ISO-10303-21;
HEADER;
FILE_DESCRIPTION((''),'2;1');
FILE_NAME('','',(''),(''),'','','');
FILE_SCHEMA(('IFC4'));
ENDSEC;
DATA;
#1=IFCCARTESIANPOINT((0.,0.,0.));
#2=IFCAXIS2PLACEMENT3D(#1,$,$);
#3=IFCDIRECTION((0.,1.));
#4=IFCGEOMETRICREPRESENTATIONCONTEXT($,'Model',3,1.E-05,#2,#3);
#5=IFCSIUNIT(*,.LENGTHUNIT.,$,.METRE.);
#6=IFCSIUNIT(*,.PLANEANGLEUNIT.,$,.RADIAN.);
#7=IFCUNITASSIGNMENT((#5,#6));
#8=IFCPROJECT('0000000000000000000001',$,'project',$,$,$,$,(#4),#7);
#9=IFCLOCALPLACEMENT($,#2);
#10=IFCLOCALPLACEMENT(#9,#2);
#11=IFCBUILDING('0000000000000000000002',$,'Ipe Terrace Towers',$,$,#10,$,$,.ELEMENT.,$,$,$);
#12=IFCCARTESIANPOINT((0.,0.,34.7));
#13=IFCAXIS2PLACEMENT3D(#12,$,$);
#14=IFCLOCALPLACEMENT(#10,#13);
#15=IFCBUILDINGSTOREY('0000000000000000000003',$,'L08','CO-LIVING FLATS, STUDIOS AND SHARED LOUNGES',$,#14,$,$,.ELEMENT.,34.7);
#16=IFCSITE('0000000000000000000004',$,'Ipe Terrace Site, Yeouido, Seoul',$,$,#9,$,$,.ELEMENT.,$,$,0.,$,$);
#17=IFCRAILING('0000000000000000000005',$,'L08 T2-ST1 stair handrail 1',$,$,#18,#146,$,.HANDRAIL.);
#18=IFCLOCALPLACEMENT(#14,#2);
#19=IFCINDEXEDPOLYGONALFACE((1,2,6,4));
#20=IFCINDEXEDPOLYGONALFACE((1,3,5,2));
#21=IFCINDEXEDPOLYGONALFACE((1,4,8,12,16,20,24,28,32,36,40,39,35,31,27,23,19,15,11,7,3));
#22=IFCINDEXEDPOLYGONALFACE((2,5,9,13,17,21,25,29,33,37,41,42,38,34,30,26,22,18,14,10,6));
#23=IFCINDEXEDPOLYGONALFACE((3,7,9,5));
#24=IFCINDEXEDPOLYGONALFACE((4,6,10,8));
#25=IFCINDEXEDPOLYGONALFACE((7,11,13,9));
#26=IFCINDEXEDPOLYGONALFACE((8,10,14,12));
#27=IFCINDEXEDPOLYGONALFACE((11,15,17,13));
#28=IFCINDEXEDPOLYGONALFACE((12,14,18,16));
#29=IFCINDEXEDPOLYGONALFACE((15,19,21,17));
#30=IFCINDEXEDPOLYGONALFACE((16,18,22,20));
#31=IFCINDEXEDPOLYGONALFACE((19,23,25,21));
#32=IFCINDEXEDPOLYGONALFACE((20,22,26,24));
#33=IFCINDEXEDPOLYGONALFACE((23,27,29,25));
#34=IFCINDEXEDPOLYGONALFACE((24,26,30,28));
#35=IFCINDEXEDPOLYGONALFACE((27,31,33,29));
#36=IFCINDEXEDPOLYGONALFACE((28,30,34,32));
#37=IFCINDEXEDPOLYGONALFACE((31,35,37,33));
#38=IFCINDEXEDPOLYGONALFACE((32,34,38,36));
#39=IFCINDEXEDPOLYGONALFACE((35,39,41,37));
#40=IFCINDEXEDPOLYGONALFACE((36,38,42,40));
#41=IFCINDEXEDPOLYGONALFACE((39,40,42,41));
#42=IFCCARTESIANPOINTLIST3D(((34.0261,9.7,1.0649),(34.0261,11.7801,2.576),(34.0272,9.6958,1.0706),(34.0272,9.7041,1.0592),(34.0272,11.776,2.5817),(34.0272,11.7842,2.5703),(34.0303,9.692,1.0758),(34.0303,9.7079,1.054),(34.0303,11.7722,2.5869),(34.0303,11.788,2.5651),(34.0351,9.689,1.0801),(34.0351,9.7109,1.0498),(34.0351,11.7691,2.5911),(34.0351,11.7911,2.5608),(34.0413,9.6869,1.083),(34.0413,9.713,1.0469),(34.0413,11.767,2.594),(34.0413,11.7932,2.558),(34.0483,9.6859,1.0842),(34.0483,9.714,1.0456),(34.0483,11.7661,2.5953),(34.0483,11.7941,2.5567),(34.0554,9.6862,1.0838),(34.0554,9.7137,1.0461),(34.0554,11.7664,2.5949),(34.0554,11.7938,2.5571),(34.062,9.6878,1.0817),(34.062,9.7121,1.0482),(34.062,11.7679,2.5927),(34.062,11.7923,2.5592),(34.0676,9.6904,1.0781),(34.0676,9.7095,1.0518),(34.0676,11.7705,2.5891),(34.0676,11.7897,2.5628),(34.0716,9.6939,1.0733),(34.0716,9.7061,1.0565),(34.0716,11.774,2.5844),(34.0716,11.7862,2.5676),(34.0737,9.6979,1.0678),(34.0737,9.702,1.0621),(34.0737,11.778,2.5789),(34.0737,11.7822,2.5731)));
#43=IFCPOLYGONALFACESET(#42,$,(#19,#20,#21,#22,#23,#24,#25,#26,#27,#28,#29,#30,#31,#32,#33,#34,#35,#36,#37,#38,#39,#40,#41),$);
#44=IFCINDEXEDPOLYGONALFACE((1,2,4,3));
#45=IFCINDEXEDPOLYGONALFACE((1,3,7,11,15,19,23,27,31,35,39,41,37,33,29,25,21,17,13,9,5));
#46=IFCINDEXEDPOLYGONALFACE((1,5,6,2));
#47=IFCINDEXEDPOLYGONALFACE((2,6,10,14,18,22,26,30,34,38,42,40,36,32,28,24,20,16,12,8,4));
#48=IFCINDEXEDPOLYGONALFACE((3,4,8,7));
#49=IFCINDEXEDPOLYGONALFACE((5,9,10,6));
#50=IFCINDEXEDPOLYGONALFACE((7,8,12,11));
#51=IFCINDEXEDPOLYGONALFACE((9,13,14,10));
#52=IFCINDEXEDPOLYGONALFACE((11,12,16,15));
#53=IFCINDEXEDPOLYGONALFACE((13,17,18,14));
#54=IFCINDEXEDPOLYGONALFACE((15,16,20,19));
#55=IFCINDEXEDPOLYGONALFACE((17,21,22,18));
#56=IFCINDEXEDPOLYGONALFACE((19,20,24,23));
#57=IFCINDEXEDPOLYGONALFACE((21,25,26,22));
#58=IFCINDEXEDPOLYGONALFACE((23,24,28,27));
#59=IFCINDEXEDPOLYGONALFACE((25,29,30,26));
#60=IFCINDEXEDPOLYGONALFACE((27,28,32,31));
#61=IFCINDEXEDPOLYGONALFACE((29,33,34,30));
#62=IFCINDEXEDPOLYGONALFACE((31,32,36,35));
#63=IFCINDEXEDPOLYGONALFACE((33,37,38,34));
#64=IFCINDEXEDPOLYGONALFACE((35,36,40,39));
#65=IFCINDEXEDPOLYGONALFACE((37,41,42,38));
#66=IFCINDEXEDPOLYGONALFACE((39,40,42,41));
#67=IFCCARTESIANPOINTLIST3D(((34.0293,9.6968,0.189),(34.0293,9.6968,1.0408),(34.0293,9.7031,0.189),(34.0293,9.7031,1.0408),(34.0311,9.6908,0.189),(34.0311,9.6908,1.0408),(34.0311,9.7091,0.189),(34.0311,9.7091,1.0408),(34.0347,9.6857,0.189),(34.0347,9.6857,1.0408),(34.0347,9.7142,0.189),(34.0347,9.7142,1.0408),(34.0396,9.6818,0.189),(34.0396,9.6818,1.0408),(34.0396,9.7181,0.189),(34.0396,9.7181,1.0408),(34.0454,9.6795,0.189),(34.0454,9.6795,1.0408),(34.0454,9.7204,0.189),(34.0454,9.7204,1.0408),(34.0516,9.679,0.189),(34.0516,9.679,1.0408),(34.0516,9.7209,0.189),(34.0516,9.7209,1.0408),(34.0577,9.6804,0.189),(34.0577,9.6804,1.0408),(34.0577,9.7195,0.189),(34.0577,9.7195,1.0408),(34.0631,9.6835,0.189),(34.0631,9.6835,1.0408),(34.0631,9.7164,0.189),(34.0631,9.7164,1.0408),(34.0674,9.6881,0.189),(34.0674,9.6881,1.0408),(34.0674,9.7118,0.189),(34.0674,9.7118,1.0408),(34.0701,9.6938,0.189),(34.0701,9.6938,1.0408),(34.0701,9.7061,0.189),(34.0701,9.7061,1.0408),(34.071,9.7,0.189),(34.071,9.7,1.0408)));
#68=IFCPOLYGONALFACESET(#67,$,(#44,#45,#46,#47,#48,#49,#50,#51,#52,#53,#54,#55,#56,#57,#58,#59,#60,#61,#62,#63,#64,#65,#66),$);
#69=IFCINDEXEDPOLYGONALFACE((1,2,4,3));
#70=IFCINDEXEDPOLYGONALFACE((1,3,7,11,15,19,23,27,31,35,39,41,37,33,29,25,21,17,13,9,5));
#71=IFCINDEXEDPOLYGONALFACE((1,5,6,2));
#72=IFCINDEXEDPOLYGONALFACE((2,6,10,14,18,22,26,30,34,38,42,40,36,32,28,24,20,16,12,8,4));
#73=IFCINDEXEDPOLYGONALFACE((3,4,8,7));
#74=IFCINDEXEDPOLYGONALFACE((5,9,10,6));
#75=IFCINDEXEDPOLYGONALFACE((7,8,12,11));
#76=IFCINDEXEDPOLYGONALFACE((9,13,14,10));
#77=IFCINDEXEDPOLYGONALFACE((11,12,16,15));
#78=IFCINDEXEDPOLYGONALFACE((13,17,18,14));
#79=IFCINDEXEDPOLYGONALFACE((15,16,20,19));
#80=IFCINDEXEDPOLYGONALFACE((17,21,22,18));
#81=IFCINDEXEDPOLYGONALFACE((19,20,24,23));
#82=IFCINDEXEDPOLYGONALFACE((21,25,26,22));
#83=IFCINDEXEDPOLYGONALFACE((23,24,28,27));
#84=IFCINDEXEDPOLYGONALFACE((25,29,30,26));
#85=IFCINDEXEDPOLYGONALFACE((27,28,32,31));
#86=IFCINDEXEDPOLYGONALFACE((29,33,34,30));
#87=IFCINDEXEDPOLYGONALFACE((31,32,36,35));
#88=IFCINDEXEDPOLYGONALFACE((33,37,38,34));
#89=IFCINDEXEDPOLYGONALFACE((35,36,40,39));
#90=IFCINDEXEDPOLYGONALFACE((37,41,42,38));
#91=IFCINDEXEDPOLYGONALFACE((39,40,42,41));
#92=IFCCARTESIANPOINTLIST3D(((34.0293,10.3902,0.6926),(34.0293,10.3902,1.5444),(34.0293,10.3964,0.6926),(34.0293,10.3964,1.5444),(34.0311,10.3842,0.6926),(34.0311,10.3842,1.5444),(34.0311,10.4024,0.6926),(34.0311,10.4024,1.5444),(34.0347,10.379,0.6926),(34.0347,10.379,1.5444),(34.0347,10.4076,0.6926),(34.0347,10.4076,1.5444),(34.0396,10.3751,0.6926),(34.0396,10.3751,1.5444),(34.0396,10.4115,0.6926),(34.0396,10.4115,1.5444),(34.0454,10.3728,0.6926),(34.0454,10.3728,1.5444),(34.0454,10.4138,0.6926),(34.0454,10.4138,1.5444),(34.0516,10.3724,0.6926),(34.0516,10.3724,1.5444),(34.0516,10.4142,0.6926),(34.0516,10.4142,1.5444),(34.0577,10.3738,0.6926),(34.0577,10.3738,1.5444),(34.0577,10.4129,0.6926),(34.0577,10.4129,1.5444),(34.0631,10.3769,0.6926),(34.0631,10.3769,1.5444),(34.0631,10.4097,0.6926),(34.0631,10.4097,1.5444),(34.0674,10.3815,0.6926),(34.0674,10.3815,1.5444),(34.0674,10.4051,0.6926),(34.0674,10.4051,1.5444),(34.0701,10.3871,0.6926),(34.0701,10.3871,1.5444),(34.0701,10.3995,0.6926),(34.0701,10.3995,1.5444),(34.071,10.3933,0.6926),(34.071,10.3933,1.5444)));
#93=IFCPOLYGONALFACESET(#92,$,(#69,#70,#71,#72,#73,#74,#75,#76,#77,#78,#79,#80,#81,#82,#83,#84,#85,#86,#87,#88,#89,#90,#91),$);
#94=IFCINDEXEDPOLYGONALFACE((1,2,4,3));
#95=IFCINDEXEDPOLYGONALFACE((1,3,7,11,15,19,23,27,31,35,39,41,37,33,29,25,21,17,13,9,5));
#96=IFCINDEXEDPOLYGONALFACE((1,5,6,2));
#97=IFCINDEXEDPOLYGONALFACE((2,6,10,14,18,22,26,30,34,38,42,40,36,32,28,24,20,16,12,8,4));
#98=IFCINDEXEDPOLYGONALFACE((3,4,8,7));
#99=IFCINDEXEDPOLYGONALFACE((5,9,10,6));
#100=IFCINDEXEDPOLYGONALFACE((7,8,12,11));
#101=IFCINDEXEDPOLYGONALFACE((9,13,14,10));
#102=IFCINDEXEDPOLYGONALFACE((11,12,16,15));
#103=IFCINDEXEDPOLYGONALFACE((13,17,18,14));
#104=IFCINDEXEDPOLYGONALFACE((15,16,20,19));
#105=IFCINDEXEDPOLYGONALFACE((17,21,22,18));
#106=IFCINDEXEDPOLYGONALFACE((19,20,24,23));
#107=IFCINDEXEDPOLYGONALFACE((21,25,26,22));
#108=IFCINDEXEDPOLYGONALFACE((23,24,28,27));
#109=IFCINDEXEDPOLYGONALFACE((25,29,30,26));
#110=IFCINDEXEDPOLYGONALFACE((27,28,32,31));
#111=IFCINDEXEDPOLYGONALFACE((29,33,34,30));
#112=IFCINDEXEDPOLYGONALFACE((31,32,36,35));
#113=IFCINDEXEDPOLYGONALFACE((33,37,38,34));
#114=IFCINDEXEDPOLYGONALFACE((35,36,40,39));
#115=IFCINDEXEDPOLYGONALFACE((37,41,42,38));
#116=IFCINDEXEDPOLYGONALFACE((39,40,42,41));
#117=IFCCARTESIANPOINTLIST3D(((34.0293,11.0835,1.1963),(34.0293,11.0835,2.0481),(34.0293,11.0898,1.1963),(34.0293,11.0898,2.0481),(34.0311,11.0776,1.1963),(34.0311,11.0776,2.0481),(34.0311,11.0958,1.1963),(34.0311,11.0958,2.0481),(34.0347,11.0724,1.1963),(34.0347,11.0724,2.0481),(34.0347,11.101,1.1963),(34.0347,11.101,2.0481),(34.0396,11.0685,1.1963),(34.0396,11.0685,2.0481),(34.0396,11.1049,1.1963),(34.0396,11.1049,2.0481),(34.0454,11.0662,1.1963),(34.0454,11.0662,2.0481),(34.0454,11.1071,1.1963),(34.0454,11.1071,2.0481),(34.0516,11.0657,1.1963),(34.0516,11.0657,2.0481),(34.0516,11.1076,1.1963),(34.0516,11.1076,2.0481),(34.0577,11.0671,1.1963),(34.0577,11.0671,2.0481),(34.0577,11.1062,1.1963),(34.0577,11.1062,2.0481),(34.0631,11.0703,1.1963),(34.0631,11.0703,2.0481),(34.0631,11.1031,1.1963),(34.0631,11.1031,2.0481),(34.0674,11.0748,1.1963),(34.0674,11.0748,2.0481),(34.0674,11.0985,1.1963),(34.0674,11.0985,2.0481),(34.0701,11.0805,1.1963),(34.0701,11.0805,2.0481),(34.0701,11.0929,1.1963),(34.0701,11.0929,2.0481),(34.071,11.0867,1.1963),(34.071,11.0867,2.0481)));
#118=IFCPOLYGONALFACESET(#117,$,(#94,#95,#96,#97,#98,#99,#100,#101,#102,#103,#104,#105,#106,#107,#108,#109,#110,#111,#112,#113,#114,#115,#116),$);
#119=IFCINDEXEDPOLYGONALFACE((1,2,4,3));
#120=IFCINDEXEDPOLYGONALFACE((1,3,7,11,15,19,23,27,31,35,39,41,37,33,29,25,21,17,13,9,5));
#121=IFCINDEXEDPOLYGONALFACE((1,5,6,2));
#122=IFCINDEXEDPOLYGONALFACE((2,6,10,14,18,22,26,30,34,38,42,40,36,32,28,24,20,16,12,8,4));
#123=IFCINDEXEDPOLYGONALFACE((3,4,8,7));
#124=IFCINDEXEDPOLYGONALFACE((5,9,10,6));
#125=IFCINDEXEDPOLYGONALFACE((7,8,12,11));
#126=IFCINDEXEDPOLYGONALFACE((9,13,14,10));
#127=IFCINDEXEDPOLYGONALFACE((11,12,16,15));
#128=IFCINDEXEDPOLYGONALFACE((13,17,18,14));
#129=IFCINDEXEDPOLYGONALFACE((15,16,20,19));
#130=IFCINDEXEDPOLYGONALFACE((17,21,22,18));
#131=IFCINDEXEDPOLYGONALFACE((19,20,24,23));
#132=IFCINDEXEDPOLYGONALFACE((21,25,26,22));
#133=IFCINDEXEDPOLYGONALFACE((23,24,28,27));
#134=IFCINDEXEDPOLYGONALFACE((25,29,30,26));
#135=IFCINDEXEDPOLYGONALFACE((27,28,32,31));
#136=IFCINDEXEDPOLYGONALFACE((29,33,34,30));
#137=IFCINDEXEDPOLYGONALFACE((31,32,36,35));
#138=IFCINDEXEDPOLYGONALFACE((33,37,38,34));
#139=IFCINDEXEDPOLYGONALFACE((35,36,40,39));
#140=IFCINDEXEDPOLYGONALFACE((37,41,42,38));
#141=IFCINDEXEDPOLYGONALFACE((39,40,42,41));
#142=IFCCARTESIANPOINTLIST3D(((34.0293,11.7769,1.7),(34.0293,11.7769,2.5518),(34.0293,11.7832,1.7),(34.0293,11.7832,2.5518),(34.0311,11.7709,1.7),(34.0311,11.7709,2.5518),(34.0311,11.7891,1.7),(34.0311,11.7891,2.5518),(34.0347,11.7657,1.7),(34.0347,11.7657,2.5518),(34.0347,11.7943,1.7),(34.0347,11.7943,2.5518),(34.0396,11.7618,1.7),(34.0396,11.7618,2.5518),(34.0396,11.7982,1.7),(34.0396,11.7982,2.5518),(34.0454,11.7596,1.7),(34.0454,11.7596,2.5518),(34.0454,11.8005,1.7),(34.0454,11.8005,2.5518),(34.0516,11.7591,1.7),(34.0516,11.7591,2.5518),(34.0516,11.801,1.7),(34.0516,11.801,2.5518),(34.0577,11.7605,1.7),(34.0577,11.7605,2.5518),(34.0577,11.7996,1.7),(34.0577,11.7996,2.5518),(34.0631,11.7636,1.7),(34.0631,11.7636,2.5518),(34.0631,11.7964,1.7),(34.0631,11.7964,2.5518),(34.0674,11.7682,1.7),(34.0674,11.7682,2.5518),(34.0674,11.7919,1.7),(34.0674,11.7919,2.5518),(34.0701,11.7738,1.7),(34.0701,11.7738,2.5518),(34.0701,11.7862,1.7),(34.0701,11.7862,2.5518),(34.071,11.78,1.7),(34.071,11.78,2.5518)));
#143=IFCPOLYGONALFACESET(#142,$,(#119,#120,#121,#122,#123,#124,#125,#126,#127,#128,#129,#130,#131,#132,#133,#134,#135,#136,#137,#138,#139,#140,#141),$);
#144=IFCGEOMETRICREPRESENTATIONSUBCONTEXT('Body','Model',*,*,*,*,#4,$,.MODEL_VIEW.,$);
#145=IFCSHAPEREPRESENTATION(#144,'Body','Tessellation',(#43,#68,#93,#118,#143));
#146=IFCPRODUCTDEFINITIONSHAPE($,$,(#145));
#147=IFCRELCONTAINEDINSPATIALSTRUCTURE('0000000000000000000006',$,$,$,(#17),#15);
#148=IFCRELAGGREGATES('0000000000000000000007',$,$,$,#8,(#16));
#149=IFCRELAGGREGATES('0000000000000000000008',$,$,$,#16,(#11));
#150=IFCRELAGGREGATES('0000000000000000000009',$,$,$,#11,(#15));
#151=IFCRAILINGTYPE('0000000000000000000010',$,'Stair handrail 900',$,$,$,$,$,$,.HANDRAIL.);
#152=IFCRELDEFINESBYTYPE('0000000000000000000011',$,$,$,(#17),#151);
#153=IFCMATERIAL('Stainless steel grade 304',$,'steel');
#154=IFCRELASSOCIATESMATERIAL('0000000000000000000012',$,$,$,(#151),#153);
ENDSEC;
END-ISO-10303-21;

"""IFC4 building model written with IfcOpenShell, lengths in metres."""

from ifc_helpers import new_model, si_unit, direction, frame, origin, origin_2d, place, context, subcontext, project, spatial, circle, extrude, material, type_object, element, save


model = new_model("IFC4")

# Units and contexts
model_context = context("Model", 3, precision=1e-05, world=origin(), true_north=direction((0.0, 1.0)))
body_context = subcontext(model_context, "Body", "Model", "MODEL_VIEW")
ifc_project = project(units=[si_unit("LENGTHUNIT", "METRE"), si_unit("PLANEANGLEUNIT", "RADIAN")], contexts=[model_context])

# Site, building, storey
site_placement = place(None, origin())
site = spatial("IfcSite", under=ifc_project, at=site_placement, Name="Ipe Terrace Site, Yeouido, Seoul", CompositionType="ELEMENT", RefElevation=0.0)
building_placement = place(site_placement, origin())
building = spatial("IfcBuilding", under=site, at=building_placement, Name="Ipe Terrace Towers", CompositionType="ELEMENT")
storey_placement = place(building_placement, frame((0.0, 0.0, 34.7)))
storey = spatial("IfcBuildingStorey", under=building, at=storey_placement, Name="L08", Description="CO-LIVING FLATS, STUDIOS AND SHARED LOUNGES", CompositionType="ELEMENT", Elevation=34.7)

# Railing
ifc_material_1 = material(Name="Stainless steel grade 304", Category="steel")
railing_type_1 = type_object("IfcRailingType", Name="Stair handrail 900", PredefinedType="HANDRAIL", material=ifc_material_1)
railing_1_placement = place(storey_placement, frame((34.05, 9.7, 0.189)))
element("IfcRailing", 1, at=railing_1_placement, inside=storey, type_object=railing_type_1, Name="L08 T2-ST1 stair handrail 1", PredefinedType="HANDRAIL", context=body_context, shape_type="SweptSolid", body=[
    extrude(circle(Radius=0.0239, at=origin_2d()), frame((0.0, 0.0, 0.876), z_axis=(0.0, 0.809069, 0.587714), x_axis=(-1.0, 0.0, 0.0)), (0.0, 0.0, 1.0), 2.571),
    extrude(circle(Radius=0.021, at=origin_2d()), origin(), (0.0, 0.0, 1.0), 0.8518),
    extrude(circle(Radius=0.021, at=origin_2d()), frame((0.0, 0.6934, 0.5037)), (0.0, 0.0, 1.0), 0.8518),
    extrude(circle(Radius=0.021, at=origin_2d()), frame((0.0, 1.3867, 1.0073)), (0.0, 0.0, 1.0), 0.8518),
    extrude(circle(Radius=0.021, at=origin_2d()), frame((0.0, 2.0801, 1.511)), (0.0, 0.0, 1.0), 0.8518),
])

save(model, "model.ifc")
